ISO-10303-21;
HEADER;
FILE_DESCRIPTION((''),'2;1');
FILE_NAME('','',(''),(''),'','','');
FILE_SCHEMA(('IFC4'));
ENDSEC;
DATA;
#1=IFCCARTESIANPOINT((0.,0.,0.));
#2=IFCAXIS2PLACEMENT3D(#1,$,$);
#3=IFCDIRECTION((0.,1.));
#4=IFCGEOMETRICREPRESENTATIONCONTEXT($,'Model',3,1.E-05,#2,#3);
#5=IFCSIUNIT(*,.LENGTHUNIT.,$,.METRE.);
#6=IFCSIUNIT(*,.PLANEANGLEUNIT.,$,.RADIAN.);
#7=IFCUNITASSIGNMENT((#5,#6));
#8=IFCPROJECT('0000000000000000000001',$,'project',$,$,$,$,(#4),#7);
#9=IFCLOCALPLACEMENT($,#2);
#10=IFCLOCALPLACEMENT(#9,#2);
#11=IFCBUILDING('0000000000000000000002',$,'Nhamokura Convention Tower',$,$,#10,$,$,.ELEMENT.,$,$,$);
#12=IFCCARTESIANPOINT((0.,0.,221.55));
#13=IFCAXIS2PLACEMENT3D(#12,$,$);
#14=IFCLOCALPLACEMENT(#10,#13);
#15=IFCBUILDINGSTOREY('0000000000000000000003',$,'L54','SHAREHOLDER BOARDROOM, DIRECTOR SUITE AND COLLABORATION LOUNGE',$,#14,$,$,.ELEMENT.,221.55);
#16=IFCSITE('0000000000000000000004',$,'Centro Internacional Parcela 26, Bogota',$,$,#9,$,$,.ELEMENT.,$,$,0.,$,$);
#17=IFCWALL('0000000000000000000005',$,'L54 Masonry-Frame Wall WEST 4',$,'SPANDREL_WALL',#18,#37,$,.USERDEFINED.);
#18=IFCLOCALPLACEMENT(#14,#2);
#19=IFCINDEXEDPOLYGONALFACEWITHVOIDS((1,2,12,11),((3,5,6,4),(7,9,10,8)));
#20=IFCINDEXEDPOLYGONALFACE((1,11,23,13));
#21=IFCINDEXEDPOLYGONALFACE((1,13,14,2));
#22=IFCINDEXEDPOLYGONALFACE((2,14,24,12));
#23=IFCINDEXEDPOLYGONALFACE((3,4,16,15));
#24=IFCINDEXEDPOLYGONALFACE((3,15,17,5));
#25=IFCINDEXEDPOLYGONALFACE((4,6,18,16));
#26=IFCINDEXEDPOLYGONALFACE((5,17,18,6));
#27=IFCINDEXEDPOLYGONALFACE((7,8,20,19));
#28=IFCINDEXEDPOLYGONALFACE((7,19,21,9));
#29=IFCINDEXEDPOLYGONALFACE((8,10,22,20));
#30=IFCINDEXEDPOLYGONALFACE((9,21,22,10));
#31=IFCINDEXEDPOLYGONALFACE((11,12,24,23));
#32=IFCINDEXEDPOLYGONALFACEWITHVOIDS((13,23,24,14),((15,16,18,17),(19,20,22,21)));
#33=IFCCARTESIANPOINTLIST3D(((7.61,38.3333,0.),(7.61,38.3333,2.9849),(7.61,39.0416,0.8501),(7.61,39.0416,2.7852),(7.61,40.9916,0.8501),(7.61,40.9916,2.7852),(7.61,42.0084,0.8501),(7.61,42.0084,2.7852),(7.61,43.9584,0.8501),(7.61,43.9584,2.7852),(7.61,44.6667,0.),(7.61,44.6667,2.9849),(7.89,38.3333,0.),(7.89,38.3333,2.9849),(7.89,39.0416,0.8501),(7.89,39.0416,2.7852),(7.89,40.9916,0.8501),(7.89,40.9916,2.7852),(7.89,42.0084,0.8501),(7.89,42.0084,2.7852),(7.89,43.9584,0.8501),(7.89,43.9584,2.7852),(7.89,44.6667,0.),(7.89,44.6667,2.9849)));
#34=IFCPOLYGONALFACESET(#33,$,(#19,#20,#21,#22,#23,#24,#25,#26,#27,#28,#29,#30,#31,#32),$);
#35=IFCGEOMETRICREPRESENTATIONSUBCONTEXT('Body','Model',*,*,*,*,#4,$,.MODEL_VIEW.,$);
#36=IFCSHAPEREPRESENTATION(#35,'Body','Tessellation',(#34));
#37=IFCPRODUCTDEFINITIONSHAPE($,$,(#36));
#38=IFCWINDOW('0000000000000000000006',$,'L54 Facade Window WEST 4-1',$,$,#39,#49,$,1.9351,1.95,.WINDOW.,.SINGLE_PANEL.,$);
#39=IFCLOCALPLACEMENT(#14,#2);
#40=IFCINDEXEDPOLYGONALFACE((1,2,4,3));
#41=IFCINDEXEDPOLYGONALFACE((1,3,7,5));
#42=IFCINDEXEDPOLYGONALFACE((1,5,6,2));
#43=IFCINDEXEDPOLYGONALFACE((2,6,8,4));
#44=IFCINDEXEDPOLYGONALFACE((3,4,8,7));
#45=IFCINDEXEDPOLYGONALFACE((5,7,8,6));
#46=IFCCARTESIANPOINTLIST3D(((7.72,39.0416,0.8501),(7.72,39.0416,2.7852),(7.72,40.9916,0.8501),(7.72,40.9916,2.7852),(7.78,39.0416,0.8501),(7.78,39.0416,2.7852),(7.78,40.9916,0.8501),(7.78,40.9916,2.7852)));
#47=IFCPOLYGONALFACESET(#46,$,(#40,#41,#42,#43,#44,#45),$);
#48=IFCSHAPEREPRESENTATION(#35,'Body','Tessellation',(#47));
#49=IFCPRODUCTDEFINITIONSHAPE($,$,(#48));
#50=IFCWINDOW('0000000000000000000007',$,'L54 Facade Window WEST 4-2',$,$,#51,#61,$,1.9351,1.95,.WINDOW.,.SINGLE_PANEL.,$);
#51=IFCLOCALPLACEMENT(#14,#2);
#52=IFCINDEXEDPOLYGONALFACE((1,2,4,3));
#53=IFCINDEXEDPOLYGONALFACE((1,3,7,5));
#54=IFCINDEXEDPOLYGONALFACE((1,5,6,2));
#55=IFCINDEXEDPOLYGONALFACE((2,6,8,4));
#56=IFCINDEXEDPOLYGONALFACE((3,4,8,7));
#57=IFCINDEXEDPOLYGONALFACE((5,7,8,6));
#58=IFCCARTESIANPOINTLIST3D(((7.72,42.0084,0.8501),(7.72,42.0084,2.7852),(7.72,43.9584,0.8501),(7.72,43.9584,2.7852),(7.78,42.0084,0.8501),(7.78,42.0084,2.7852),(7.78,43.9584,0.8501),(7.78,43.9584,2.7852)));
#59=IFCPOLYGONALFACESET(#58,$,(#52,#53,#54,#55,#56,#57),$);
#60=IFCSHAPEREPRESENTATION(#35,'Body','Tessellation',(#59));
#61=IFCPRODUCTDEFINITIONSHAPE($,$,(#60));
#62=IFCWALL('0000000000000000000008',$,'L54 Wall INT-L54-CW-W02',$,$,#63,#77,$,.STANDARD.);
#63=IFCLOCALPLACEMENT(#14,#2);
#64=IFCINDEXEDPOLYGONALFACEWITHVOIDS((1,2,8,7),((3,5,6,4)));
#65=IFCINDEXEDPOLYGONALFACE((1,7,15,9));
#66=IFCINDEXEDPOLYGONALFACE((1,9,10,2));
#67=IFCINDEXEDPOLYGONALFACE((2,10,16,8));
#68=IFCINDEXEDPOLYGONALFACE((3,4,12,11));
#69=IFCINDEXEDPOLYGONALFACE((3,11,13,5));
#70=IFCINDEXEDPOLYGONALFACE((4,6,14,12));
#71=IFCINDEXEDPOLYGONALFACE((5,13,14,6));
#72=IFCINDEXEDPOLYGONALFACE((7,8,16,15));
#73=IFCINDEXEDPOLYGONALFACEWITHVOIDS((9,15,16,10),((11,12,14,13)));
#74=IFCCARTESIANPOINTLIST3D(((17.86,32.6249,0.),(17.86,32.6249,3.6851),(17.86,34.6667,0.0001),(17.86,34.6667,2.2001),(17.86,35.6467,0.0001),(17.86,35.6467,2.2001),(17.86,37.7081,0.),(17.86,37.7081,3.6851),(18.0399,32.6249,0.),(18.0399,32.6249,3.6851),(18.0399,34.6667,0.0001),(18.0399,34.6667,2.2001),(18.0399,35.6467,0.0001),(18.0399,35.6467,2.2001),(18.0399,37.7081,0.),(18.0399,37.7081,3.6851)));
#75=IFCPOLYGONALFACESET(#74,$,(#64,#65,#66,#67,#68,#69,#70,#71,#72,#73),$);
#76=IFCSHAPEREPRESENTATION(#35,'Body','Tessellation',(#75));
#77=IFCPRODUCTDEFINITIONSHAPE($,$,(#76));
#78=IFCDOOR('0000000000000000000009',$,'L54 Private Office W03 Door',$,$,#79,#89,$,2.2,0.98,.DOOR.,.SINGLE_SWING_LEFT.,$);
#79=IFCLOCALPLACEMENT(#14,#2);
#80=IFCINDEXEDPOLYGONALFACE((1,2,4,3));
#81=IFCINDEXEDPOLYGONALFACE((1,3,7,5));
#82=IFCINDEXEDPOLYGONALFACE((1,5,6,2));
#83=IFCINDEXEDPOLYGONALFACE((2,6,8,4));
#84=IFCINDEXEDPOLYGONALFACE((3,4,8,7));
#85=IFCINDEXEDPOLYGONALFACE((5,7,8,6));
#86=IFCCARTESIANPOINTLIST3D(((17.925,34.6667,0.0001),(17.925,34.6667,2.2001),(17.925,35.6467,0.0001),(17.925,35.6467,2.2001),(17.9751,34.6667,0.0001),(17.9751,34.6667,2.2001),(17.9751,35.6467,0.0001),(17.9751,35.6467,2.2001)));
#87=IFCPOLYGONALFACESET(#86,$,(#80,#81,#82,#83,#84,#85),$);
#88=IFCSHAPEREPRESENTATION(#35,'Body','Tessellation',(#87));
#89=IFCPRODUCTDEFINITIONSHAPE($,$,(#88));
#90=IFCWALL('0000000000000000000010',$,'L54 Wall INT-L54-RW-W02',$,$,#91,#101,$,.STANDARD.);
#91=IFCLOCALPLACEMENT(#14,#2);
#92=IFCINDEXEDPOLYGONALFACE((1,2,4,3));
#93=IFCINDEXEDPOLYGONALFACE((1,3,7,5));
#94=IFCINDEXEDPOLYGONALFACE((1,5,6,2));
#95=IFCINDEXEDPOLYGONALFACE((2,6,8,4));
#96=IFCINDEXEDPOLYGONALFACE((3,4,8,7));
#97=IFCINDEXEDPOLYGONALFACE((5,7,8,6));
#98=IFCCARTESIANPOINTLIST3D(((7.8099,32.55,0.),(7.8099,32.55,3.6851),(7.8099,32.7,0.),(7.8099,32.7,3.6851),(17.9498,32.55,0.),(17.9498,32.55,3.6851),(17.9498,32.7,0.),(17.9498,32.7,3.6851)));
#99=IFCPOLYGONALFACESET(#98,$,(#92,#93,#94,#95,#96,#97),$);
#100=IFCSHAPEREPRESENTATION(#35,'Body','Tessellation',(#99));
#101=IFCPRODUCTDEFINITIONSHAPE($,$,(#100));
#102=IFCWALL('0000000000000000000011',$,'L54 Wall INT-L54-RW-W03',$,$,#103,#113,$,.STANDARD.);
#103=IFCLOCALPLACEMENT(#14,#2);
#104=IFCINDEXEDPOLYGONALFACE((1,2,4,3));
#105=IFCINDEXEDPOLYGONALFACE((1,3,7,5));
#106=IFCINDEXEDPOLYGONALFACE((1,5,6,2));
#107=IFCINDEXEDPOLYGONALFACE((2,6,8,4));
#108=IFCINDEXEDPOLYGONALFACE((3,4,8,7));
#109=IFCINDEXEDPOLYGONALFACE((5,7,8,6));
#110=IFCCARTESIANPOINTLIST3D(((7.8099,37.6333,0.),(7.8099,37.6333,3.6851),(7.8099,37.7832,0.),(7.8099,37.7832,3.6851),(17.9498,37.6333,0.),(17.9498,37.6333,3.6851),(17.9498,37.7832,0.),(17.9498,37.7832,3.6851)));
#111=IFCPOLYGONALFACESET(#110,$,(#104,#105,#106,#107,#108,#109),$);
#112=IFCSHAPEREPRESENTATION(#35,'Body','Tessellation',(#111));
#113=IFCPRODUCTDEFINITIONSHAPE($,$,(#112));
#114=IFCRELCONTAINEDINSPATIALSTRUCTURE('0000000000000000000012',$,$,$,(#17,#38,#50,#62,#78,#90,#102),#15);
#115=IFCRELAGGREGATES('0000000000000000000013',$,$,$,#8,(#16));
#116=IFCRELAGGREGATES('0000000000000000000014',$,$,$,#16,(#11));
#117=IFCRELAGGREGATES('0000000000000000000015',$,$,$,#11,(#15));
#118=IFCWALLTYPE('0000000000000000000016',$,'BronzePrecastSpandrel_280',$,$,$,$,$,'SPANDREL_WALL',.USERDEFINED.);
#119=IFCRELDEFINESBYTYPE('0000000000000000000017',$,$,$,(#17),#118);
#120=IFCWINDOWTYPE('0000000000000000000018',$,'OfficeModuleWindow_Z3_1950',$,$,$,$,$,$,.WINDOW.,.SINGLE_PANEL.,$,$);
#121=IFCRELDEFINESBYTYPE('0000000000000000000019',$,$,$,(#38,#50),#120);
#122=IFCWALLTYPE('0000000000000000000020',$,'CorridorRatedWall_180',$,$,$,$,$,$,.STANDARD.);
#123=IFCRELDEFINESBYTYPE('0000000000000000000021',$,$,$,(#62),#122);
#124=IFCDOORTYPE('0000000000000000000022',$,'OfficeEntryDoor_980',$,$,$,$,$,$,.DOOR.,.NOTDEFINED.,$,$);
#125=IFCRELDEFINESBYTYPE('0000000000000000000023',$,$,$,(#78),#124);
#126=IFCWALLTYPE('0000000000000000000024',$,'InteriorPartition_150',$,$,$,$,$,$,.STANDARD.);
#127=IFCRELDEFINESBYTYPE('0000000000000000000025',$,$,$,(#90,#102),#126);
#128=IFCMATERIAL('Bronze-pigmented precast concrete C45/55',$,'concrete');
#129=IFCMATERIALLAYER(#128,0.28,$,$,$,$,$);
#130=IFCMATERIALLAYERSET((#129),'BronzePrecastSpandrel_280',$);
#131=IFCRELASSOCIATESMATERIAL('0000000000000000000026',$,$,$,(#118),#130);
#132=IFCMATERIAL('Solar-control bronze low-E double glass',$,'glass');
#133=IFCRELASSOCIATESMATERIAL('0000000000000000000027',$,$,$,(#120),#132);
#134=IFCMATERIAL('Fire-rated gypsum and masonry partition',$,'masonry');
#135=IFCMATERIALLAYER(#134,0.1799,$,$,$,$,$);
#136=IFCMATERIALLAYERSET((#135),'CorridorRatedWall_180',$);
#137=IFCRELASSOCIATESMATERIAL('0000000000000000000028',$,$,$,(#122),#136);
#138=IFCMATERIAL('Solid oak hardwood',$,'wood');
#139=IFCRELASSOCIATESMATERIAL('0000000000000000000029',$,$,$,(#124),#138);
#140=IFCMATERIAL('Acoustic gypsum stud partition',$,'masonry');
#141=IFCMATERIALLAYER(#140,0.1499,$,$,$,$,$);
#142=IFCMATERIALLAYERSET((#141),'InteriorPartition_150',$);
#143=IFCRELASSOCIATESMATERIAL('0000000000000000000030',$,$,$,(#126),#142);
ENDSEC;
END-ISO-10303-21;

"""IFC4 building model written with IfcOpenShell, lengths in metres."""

from ifc_helpers import new_model, si_unit, direction, frame, frame_2d, origin, place, context, subcontext, project, spatial, rectangle, extrude, material, layer, layer_set, type_object, element, fill, save


model = new_model("IFC4")

# Units and contexts
model_context = context("Model", 3, precision=1e-05, world=origin(), true_north=direction((0.0, 1.0)))
body_context = subcontext(model_context, "Body", "Model", "MODEL_VIEW")
ifc_project = project(units=[si_unit("LENGTHUNIT", "METRE"), si_unit("PLANEANGLEUNIT", "RADIAN")], contexts=[model_context])

# Site, building, storey
site_placement = place(None, origin())
site = spatial("IfcSite", under=ifc_project, at=site_placement, Name="Centro Internacional Parcela 26, Bogota", CompositionType="ELEMENT", RefElevation=0.0)
building_placement = place(site_placement, origin())
building = spatial("IfcBuilding", under=site, at=building_placement, Name="Nhamokura Convention Tower", CompositionType="ELEMENT")
storey_placement = place(building_placement, frame((0.0, 0.0, 221.55)))
storey = spatial("IfcBuildingStorey", under=building, at=storey_placement, Name="L54", Description="SHAREHOLDER BOARDROOM, DIRECTOR SUITE AND COLLABORATION LOUNGE", CompositionType="ELEMENT", Elevation=221.55)

# Shared definitions
ifc_material_1 = material(Name="Bronze-pigmented precast concrete C45/55", Category="concrete")
ifc_layer_1 = layer(ifc_material_1, 0.28)
ifc_layer_set_1 = layer_set([ifc_layer_1], Name="BronzePrecastSpandrel_280")
wall_type_1 = type_object("IfcWallType", Name="BronzePrecastSpandrel_280", ElementType="SPANDREL_WALL", PredefinedType="USERDEFINED", material=ifc_layer_set_1)

# Wall, openings, windows
wall_1_placement = place(storey_placement, frame((7.75, 38.3333, 0.0), z_axis=(0.0, 0.0, 1.0), x_axis=(0.0, 1.0, 0.0)))
wall_1 = element("IfcWall", 1, at=wall_1_placement, inside=storey, type_object=wall_type_1, Name="L54 Masonry-Frame Wall WEST 4", ObjectType="SPANDREL_WALL", PredefinedType="USERDEFINED", context=body_context, shape_type="SweptSolid", body=[
    extrude(rectangle(XDim=6.3335, YDim=0.28, at=frame_2d((3.1667, 0.0))), origin(), (0.0, 0.0, 1.0), 2.9849),
])
opening_1_placement = place(wall_1_placement, frame((0.7083, 0.0, 0.8501)))
opening_1 = element("IfcOpeningElement", 2, at=opening_1_placement, cuts=wall_1, PredefinedType="OPENING", context=body_context, shape_type="SweptSolid", body=[
    extrude(rectangle(XDim=1.95, YDim=1.9351, at=frame_2d((0.9751, 0.9675))), frame((0.0, 0.1499, 0.0), z_axis=(0.0, -1.0, 0.0), x_axis=(1.0, 0.0, 0.0)), (0.0, 0.0, 1.0), 0.3),
])
opening_2_placement = place(wall_1_placement, frame((3.675, 0.0, 0.8501)))
opening_2 = element("IfcOpeningElement", 3, at=opening_2_placement, cuts=wall_1, PredefinedType="OPENING", context=body_context, shape_type="SweptSolid", body=[
    extrude(rectangle(XDim=1.95, YDim=1.9351, at=frame_2d((0.9751, 0.9675))), frame((0.0, 0.1499, 0.0), z_axis=(0.0, -1.0, 0.0), x_axis=(1.0, 0.0, 0.0)), (0.0, 0.0, 1.0), 0.3),
])
ifc_material_2 = material(Name="Solar-control bronze low-E double glass", Category="glass")
window_type_1 = type_object("IfcWindowType", Name="OfficeModuleWindow_Z3_1950", PartitioningType="SINGLE_PANEL", PredefinedType="WINDOW", material=ifc_material_2)
window_1_placement = place(opening_1_placement, origin())
window_1 = element("IfcWindow", 4, at=window_1_placement, inside=storey, type_object=window_type_1, Name="L54 Facade Window WEST 4-1", OverallHeight=1.9351, OverallWidth=1.95, PartitioningType="SINGLE_PANEL", PredefinedType="WINDOW", context=body_context, shape_type="SweptSolid", body=[
    extrude(rectangle(XDim=1.95, YDim=1.9351, at=frame_2d((0.9751, 0.9675))), frame((0.0, 0.03, 0.0), z_axis=(0.0, -1.0, 0.0), x_axis=(1.0, 0.0, 0.0)), (0.0, 0.0, 1.0), 0.0601),
])
fill(opening_1, window_1)
window_2_placement = place(opening_2_placement, origin())
window_2 = element("IfcWindow", 5, at=window_2_placement, inside=storey, type_object=window_type_1, Name="L54 Facade Window WEST 4-2", OverallHeight=1.9351, OverallWidth=1.95, PartitioningType="SINGLE_PANEL", PredefinedType="WINDOW", context=body_context, shape_type="SweptSolid", body=[
    extrude(rectangle(XDim=1.95, YDim=1.9351, at=frame_2d((0.9751, 0.9675))), frame((0.0, 0.03, 0.0), z_axis=(0.0, -1.0, 0.0), x_axis=(1.0, 0.0, 0.0)), (0.0, 0.0, 1.0), 0.0601),
])
fill(opening_2, window_2)

# Wall, opening, door
ifc_material_3 = material(Name="Fire-rated gypsum and masonry partition", Category="masonry")
ifc_layer_2 = layer(ifc_material_3, 0.1799)
ifc_layer_set_2 = layer_set([ifc_layer_2], Name="CorridorRatedWall_180")
wall_type_2 = type_object("IfcWallType", Name="CorridorRatedWall_180", PredefinedType="STANDARD", material=ifc_layer_set_2)
wall_2_placement = place(storey_placement, frame((17.95, 32.625, 0.0), z_axis=(0.0, 0.0, 1.0), x_axis=(0.0, 1.0, 0.0)))
wall_2 = element("IfcWall", 6, at=wall_2_placement, inside=storey, type_object=wall_type_2, Name="L54 Wall INT-L54-CW-W02", PredefinedType="STANDARD", context=body_context, shape_type="SweptSolid", body=[
    extrude(rectangle(XDim=5.0833, YDim=0.1799, at=frame_2d((2.5415, 0.0))), origin(), (0.0, 0.0, 1.0), 3.6851),
])
opening_3_placement = place(wall_2_placement, frame((2.0417, 0.0, 0.0)))
opening_3 = element("IfcOpeningElement", 7, at=opening_3_placement, cuts=wall_2, PredefinedType="OPENING", context=body_context, shape_type="SweptSolid", body=[
    extrude(rectangle(XDim=0.98, YDim=2.2, at=frame_2d((0.49, 1.1001))), frame((0.0, 0.0999, 0.0), z_axis=(0.0, -1.0, 0.0), x_axis=(1.0, 0.0, 0.0)), (0.0, 0.0, 1.0), 0.2),
])
ifc_material_4 = material(Name="Solid oak hardwood", Category="wood")
door_type = type_object("IfcDoorType", Name="OfficeEntryDoor_980", OperationType="NOTDEFINED", PredefinedType="DOOR", material=ifc_material_4)
door_placement = place(opening_3_placement, origin())
door = element("IfcDoor", 8, at=door_placement, inside=storey, type_object=door_type, Name="L54 Private Office W03 Door", OperationType="SINGLE_SWING_LEFT", OverallHeight=2.2, OverallWidth=0.98, PredefinedType="DOOR", context=body_context, shape_type="SweptSolid", body=[
    extrude(rectangle(XDim=0.98, YDim=2.2, at=frame_2d((0.49, 1.1001))), frame((0.0, 0.0249, 0.0), z_axis=(0.0, -1.0, 0.0), x_axis=(1.0, 0.0, 0.0)), (0.0, 0.0, 1.0), 0.05),
])
fill(opening_3, door)

# Walls
ifc_material_5 = material(Name="Acoustic gypsum stud partition", Category="masonry")
ifc_layer_3 = layer(ifc_material_5, 0.1499)
ifc_layer_set_3 = layer_set([ifc_layer_3], Name="InteriorPartition_150")
wall_type_3 = type_object("IfcWallType", Name="InteriorPartition_150", PredefinedType="STANDARD", material=ifc_layer_set_3)
for number, where, z_axis, x_axis, name in (
    (9, (7.8101, 32.625, 0.0), (0.0, 0.0, 1.0), (1.0, 0.0, 0.0), "L54 Wall INT-L54-RW-W02"),
    (10, (7.8101, 37.7083, 0.0), (0.0, 0.0, 1.0), (1.0, 0.0, 0.0), "L54 Wall INT-L54-RW-W03"),
):
    element("IfcWall", number, at=place(storey_placement, frame(where, z_axis=z_axis, x_axis=x_axis)), inside=storey, type_object=wall_type_3, Name=name, PredefinedType="STANDARD", context=body_context, shape_type="SweptSolid", body=[
        extrude(rectangle(XDim=10.1399, YDim=0.1499, at=frame_2d((5.0698, 0.0))), origin(), (0.0, 0.0, 1.0), 3.6851),
    ])

save(model, "model.ifc")
